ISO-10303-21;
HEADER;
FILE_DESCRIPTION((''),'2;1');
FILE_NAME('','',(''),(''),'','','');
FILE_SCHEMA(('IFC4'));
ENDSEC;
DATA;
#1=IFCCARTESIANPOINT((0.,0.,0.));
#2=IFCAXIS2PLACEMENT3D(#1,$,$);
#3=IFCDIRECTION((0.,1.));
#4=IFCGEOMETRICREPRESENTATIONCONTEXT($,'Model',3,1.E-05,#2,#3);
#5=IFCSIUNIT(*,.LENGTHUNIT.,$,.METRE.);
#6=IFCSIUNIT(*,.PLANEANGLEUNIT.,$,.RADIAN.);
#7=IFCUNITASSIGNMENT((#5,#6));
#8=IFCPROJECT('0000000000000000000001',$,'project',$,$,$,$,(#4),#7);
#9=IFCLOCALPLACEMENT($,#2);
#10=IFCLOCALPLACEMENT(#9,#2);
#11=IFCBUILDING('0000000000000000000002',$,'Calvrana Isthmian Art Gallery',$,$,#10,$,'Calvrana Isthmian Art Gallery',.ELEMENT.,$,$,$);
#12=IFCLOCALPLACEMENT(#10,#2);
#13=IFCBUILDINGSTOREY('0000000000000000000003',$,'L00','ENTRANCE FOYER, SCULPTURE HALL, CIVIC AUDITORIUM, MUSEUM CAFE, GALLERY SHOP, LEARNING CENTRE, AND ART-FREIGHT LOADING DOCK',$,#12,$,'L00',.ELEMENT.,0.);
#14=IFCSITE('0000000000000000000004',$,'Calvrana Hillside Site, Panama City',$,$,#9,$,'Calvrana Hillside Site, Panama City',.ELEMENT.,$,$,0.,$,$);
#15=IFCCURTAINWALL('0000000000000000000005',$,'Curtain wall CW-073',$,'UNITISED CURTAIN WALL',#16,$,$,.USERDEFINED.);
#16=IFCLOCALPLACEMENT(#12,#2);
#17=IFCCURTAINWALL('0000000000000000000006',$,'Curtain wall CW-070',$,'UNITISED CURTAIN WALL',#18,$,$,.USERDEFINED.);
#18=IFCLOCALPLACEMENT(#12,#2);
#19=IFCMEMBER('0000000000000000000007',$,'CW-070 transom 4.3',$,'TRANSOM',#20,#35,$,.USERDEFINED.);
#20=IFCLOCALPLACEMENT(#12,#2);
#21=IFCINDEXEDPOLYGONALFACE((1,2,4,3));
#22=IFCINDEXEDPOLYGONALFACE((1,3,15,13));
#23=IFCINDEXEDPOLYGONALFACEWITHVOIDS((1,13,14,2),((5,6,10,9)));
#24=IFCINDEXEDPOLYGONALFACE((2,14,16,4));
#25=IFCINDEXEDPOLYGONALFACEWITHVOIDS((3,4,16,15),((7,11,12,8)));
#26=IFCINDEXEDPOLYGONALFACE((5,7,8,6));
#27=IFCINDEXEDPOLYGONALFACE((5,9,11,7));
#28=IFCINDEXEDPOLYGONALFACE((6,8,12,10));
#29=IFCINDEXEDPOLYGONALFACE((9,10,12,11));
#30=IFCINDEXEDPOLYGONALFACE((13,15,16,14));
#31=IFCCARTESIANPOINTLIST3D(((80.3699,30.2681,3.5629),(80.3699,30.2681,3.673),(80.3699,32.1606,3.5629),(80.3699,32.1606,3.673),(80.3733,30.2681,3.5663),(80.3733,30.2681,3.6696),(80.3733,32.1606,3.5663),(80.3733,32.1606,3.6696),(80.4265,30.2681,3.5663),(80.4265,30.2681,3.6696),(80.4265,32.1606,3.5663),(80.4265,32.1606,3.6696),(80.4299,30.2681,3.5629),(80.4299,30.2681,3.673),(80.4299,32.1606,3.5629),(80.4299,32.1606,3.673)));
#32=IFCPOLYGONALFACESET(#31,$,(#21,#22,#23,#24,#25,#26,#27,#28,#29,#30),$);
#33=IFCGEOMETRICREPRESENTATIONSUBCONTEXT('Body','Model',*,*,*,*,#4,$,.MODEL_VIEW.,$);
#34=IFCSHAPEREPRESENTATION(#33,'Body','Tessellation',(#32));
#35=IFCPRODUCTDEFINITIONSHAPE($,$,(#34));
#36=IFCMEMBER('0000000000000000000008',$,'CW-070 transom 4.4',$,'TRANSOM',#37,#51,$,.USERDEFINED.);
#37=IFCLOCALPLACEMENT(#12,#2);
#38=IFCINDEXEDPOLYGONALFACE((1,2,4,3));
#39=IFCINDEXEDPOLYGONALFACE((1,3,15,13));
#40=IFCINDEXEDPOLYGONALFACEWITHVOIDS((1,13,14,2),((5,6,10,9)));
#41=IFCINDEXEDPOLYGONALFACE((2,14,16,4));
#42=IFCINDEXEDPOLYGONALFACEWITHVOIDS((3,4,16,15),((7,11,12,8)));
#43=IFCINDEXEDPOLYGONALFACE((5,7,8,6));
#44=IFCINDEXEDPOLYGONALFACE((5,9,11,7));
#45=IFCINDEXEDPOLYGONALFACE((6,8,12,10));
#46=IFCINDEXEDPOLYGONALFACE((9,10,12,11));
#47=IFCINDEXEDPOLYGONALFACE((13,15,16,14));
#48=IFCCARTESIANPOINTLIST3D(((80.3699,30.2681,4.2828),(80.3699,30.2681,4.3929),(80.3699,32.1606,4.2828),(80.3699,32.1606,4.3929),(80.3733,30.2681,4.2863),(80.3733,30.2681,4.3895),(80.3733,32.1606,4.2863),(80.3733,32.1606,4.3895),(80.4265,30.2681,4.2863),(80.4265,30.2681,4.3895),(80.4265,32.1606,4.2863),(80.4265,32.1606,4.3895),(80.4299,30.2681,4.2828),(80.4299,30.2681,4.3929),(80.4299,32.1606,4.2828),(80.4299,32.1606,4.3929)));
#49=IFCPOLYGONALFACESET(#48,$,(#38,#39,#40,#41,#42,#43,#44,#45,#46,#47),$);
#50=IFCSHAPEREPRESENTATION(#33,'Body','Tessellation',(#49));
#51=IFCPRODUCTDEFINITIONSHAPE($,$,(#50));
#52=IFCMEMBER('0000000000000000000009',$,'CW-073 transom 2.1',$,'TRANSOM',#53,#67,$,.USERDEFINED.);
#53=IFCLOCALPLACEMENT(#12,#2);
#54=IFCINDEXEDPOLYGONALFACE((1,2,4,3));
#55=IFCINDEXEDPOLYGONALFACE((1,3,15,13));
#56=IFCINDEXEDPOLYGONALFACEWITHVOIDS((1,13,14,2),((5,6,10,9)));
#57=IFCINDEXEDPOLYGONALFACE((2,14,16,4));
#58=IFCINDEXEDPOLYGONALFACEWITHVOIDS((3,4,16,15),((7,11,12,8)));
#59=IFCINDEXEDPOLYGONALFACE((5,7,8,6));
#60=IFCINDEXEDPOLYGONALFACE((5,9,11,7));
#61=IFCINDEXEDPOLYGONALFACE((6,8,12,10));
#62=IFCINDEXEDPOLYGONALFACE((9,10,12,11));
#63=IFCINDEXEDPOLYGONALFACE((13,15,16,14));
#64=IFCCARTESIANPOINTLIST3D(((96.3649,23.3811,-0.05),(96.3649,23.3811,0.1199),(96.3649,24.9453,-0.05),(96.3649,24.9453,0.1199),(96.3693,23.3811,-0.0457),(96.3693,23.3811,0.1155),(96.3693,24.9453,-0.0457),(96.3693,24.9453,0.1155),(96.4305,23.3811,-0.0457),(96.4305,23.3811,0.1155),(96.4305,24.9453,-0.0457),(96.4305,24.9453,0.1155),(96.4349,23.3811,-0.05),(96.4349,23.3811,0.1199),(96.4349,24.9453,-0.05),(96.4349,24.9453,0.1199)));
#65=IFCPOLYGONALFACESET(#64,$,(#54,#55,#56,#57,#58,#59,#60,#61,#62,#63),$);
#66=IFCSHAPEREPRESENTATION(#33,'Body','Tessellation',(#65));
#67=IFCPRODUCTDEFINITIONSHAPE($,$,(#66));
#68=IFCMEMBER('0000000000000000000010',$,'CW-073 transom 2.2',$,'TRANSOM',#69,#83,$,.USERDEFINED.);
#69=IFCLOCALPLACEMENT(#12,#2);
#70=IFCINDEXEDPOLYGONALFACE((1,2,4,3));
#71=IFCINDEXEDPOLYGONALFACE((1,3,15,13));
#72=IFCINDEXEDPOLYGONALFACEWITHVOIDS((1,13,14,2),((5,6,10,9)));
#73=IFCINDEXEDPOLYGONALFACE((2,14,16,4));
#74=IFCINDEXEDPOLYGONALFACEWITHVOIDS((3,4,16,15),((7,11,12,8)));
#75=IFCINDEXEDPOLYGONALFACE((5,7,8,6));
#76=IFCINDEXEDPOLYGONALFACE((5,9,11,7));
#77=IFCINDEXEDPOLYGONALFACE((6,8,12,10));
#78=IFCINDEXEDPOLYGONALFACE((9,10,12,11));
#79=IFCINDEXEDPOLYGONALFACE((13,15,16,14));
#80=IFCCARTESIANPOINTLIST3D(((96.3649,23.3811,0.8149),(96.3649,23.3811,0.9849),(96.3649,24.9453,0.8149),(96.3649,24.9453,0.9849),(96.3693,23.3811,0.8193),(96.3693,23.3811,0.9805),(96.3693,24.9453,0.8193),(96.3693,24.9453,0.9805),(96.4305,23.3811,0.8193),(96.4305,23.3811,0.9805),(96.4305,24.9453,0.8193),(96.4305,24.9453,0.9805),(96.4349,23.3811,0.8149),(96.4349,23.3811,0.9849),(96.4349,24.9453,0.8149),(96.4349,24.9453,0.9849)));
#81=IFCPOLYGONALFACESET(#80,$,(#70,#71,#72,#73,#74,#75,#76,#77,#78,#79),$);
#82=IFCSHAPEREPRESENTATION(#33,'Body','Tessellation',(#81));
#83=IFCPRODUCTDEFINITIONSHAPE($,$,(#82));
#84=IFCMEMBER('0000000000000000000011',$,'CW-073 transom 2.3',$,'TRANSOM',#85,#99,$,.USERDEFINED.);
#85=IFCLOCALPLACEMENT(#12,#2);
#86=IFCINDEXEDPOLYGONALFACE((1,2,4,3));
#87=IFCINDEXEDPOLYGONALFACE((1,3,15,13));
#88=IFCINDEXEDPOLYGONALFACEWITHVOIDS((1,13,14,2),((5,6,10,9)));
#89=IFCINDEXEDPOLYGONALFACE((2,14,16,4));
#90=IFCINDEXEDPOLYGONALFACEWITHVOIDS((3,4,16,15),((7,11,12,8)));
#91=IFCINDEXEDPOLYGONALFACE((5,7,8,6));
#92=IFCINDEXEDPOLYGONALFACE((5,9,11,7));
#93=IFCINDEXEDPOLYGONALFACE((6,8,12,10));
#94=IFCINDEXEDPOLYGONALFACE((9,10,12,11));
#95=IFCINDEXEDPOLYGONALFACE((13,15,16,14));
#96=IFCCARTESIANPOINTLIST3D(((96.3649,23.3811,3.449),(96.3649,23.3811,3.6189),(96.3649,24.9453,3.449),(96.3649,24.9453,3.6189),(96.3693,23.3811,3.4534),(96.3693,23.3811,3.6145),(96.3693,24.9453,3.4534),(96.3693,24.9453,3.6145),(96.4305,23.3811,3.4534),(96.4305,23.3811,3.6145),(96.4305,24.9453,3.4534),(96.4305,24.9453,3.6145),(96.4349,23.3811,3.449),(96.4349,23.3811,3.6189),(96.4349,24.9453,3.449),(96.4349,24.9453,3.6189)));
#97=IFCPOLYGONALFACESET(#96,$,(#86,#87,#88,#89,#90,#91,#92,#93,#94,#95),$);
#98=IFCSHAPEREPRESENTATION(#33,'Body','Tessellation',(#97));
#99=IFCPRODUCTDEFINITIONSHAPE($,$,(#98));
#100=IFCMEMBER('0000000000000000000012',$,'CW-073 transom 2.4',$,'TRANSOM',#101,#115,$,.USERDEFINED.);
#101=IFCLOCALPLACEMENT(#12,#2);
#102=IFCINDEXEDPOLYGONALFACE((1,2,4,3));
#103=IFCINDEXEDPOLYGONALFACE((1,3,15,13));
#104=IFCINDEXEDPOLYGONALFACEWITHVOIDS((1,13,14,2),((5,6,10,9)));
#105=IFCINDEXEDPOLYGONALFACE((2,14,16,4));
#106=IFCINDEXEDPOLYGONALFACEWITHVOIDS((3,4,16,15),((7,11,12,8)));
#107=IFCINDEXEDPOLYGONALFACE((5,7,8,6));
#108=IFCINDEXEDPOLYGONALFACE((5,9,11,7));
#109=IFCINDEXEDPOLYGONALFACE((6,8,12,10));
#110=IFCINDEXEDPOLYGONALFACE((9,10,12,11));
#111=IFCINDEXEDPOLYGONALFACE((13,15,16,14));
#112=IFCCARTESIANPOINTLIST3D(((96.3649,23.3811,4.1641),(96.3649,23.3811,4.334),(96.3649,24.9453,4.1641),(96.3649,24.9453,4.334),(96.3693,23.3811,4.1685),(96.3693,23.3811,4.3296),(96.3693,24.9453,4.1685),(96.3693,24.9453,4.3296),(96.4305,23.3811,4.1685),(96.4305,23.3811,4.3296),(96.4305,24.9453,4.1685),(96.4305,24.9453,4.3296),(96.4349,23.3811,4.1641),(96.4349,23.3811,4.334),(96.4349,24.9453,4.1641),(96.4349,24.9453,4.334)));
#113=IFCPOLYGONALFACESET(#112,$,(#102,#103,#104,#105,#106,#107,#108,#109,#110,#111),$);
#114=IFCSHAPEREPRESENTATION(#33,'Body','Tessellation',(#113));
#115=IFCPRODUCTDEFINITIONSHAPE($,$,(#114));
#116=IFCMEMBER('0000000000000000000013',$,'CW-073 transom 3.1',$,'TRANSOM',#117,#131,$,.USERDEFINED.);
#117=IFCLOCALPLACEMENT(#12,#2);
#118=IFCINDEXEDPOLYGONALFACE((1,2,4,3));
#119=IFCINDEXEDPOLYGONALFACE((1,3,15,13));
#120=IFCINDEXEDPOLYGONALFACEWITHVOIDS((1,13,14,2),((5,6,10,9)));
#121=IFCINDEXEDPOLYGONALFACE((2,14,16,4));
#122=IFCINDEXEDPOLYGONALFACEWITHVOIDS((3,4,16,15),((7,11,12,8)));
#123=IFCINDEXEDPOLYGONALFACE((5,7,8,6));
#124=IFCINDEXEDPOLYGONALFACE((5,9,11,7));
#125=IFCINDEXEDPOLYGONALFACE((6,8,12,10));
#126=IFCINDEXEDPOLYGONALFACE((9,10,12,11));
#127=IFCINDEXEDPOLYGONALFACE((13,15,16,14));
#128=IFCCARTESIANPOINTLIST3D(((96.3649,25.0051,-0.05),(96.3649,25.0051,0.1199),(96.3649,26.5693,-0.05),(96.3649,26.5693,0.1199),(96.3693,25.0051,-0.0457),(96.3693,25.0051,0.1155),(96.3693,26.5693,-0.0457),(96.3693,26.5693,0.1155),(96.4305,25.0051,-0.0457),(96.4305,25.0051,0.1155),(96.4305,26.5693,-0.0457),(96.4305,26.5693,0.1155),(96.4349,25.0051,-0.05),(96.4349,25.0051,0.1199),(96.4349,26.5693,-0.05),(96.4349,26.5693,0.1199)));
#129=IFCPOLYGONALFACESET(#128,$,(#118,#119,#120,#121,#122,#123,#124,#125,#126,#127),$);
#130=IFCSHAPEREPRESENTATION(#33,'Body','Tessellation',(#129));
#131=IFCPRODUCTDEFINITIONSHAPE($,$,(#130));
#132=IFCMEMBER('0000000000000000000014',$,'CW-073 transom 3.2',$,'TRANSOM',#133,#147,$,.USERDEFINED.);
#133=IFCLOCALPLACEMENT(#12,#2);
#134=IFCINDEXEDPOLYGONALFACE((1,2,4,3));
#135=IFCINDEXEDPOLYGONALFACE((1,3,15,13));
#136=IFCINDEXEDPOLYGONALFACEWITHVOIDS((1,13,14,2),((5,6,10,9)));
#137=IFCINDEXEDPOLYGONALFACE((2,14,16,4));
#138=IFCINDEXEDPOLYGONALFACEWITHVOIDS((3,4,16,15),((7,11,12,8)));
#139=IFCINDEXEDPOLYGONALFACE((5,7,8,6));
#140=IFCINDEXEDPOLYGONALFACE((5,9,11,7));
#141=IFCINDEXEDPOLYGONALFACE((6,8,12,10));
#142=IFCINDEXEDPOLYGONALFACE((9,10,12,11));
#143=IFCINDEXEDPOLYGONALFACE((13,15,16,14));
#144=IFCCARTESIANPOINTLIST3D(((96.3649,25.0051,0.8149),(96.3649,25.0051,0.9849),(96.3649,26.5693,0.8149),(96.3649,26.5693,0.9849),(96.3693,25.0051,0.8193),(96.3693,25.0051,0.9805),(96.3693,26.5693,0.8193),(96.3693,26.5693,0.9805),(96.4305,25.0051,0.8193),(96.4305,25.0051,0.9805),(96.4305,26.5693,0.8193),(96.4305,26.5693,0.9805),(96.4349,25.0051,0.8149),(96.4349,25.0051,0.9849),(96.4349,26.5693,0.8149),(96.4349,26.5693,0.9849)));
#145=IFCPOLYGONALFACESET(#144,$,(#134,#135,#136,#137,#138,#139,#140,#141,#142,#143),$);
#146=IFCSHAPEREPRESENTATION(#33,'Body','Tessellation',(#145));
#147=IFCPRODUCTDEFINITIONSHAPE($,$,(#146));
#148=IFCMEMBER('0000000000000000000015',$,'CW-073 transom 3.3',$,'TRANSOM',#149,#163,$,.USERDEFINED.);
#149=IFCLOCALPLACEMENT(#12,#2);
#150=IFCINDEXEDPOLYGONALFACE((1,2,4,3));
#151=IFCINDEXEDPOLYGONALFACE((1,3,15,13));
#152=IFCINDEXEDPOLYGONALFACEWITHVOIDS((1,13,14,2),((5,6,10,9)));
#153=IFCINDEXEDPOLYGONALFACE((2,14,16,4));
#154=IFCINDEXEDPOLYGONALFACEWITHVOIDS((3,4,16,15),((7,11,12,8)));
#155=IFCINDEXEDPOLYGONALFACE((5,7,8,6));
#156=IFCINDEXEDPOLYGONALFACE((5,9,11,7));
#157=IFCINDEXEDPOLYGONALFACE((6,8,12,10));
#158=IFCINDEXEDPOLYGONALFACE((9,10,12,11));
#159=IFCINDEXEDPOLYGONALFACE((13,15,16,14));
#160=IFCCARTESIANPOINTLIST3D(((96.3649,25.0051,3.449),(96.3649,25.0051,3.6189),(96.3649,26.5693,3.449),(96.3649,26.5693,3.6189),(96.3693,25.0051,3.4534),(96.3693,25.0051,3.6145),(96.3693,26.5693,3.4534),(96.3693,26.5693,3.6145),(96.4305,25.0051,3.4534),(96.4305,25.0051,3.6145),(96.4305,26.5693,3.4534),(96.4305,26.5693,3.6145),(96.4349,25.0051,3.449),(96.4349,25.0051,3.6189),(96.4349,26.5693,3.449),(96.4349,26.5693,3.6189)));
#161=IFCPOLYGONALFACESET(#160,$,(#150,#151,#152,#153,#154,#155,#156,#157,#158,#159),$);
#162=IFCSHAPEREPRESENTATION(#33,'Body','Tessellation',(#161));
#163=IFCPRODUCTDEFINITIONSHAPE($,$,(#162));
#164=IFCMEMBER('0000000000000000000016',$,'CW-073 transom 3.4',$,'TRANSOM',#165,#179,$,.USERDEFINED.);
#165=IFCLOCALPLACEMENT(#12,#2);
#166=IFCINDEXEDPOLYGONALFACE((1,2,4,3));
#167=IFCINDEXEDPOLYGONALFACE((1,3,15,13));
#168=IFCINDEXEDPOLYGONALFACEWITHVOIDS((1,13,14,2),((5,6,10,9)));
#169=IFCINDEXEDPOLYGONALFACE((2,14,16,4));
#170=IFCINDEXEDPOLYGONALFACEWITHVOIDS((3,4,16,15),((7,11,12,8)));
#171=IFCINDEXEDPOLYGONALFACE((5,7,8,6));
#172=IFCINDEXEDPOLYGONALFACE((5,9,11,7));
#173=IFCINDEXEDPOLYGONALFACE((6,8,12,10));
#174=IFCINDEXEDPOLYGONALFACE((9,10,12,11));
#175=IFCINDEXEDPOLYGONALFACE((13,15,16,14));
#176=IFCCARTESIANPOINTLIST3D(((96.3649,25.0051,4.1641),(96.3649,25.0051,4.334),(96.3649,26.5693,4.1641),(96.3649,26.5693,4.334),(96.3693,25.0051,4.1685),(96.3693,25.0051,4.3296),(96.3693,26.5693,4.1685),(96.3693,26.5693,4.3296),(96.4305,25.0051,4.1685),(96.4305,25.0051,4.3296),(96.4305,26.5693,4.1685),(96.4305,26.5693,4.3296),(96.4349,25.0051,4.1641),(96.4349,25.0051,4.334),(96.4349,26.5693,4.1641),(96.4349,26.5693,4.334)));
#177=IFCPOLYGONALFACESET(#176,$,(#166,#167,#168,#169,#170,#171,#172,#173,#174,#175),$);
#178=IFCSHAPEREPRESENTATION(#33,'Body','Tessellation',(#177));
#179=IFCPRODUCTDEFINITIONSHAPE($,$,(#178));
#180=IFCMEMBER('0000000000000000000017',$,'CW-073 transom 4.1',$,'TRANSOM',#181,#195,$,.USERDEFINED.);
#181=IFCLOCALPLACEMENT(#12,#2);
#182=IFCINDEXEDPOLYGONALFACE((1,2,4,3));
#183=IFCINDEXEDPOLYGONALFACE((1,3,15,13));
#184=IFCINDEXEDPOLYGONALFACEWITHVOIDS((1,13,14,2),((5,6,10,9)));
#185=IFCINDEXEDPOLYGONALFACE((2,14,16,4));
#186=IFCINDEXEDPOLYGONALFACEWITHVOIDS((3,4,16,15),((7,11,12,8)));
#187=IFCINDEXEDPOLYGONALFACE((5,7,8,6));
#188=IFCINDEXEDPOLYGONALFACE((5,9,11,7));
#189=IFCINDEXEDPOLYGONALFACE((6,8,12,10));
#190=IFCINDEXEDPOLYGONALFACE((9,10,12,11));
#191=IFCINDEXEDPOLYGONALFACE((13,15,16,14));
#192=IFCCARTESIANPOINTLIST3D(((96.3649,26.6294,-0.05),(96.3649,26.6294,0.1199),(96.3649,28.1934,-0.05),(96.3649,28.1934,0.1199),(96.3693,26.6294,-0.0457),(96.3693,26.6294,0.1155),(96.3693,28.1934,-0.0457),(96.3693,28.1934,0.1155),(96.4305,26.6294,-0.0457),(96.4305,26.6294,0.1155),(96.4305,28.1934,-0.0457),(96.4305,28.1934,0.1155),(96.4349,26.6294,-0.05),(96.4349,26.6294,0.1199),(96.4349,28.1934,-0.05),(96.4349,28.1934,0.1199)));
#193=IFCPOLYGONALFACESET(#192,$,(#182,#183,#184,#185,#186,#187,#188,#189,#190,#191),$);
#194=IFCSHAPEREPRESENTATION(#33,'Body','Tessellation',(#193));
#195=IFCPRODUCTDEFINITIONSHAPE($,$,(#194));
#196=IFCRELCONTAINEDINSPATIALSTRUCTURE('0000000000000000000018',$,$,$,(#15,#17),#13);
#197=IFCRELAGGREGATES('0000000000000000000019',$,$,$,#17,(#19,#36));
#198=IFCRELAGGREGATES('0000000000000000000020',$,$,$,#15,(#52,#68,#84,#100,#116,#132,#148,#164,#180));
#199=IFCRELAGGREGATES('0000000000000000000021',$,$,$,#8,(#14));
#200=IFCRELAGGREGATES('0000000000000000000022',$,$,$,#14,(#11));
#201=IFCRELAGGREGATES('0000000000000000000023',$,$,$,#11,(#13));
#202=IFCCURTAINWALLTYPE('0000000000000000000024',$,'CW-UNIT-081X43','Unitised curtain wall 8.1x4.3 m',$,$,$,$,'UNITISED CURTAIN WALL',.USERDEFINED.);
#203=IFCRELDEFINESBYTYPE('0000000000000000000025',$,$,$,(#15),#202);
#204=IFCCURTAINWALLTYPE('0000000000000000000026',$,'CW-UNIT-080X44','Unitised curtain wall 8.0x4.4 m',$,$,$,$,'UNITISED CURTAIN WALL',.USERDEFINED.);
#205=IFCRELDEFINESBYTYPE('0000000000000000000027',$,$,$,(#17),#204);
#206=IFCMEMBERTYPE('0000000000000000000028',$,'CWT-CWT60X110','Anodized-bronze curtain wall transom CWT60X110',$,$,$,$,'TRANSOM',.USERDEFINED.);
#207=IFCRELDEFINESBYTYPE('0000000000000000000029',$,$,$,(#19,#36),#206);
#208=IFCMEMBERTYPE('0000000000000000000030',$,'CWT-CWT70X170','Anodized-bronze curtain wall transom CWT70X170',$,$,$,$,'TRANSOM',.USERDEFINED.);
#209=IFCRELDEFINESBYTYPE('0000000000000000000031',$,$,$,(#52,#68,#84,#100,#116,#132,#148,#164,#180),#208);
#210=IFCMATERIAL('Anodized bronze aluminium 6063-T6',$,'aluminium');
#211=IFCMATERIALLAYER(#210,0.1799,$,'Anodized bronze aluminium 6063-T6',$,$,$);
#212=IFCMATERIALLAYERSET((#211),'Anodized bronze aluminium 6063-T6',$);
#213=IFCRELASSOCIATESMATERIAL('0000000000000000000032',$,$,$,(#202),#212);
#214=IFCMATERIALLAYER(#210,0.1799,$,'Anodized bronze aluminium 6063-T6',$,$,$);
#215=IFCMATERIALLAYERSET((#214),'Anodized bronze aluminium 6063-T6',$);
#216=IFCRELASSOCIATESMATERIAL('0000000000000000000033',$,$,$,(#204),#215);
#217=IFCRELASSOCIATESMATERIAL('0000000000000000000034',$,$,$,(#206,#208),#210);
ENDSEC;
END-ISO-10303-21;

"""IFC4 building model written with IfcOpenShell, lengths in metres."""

from ifc_helpers import new_model, si_unit, direction, frame, origin, origin_2d, place, context, subcontext, project, spatial, hollow_rectangle, extrude, material, layer, layer_set, material_profile, profile_set, type_object, element, aggregate, save


model = new_model("IFC4")

# Units and contexts
model_context = context("Model", 3, precision=1e-05, world=origin(), true_north=direction((0.0, 1.0)))
body_context = subcontext(model_context, "Body", "Model", "MODEL_VIEW")
ifc_project = project(units=[si_unit("LENGTHUNIT", "METRE"), si_unit("PLANEANGLEUNIT", "RADIAN")], contexts=[model_context])

# Site, building, storey
site_placement = place(None, origin())
site = spatial("IfcSite", under=ifc_project, at=site_placement, Name="Calvrana Hillside Site, Panama City", LongName="Calvrana Hillside Site, Panama City", CompositionType="ELEMENT", RefElevation=0.0)
building_placement = place(site_placement, origin())
building = spatial("IfcBuilding", under=site, at=building_placement, Name="Calvrana Isthmian Art Gallery", LongName="Calvrana Isthmian Art Gallery", CompositionType="ELEMENT")
storey_placement = place(building_placement, origin())
storey = spatial("IfcBuildingStorey", under=building, at=storey_placement, Name="L00", Description="ENTRANCE FOYER, SCULPTURE HALL, CIVIC AUDITORIUM, MUSEUM CAFE, GALLERY SHOP, LEARNING CENTRE, AND ART-FREIGHT LOADING DOCK", LongName="L00", CompositionType="ELEMENT", Elevation=0.0)

# Curtain walls, members
ifc_material_1 = material(Name="Anodized bronze aluminium 6063-T6", Category="aluminium")
ifc_layer_1 = layer(ifc_material_1, 0.1799, Name="Anodized bronze aluminium 6063-T6")
ifc_layer_set_1 = layer_set([ifc_layer_1], Name="Anodized bronze aluminium 6063-T6")
curtain_wall_type_1 = type_object("IfcCurtainWallType", Name="CW-UNIT-081X43", Description="Unitised curtain wall 8.1x4.3 m", ElementType="UNITISED CURTAIN WALL", PredefinedType="USERDEFINED", material=ifc_layer_set_1)
curtain_wall_1_placement = place(storey_placement, origin())
curtain_wall_1 = element("IfcCurtainWall", 1, at=curtain_wall_1_placement, inside=storey, type_object=curtain_wall_type_1, Name="Curtain wall CW-073", ObjectType="UNITISED CURTAIN WALL", PredefinedType="USERDEFINED")
ifc_layer_2 = layer(ifc_material_1, 0.1799, Name="Anodized bronze aluminium 6063-T6")
ifc_layer_set_2 = layer_set([ifc_layer_2], Name="Anodized bronze aluminium 6063-T6")
curtain_wall_type_2 = type_object("IfcCurtainWallType", Name="CW-UNIT-080X44", Description="Unitised curtain wall 8.0x4.4 m", ElementType="UNITISED CURTAIN WALL", PredefinedType="USERDEFINED", material=ifc_layer_set_2)
curtain_wall_2_placement = place(storey_placement, origin())
curtain_wall_2 = element("IfcCurtainWall", 2, at=curtain_wall_2_placement, inside=storey, type_object=curtain_wall_type_2, Name="Curtain wall CW-070", ObjectType="UNITISED CURTAIN WALL", PredefinedType="USERDEFINED")
ifc_material_profile_1 = material_profile(ifc_material_1, hollow_rectangle(XDim=0.0601, YDim=0.1101, WallThickness=0.0034, at=origin_2d()), Name="CWT60X110")
ifc_profile_set_1 = profile_set([ifc_material_profile_1], Name="Anodized bronze aluminium 6063-T6")
member_type_1 = type_object("IfcMemberType", Name="CWT-CWT60X110", Description="Anodized-bronze curtain wall transom CWT60X110", ElementType="TRANSOM", PredefinedType="USERDEFINED", material=ifc_profile_set_1)
member_1_placement = place(storey_placement, frame((80.3999, 32.1606, 3.6179), z_axis=(0.0, -1.0, 0.0), x_axis=(1.0, 0.0, 0.0)))
member_1 = element("IfcMember", 3, at=member_1_placement, type_object=member_type_1, Name="CW-070 transom 4.3", ObjectType="TRANSOM", PredefinedType="USERDEFINED", context=body_context, shape_type="SweptSolid", body=[
    extrude(hollow_rectangle(XDim=0.0601, YDim=0.1101, WallThickness=0.0034, at=origin_2d()), origin(), (0.0, 0.0, 1.0), 1.8926),
])
member_2_placement = place(storey_placement, frame((80.3999, 32.1606, 4.3379), z_axis=(0.0, -1.0, 0.0), x_axis=(1.0, 0.0, 0.0)))
member_2 = element("IfcMember", 4, at=member_2_placement, type_object=member_type_1, Name="CW-070 transom 4.4", ObjectType="TRANSOM", PredefinedType="USERDEFINED", context=body_context, shape_type="SweptSolid", body=[
    extrude(hollow_rectangle(XDim=0.0601, YDim=0.1101, WallThickness=0.0034, at=origin_2d()), origin(), (0.0, 0.0, 1.0), 1.8926),
])

# Members
ifc_material_profile_2 = material_profile(ifc_material_1, hollow_rectangle(XDim=0.0701, YDim=0.1699, WallThickness=0.0044, at=origin_2d()), Name="CWT70X170")
ifc_profile_set_2 = profile_set([ifc_material_profile_2], Name="Anodized bronze aluminium 6063-T6")
member_type_2 = type_object("IfcMemberType", Name="CWT-CWT70X170", Description="Anodized-bronze curtain wall transom CWT70X170", ElementType="TRANSOM", PredefinedType="USERDEFINED", material=ifc_profile_set_2)
member_3_placement = place(storey_placement, frame((96.3999, 23.3811, 0.0349), z_axis=(0.0, 1.0, 0.0), x_axis=(-1.0, 0.0, 0.0)))
member_3 = element("IfcMember", 5, at=member_3_placement, type_object=member_type_2, Name="CW-073 transom 2.1", ObjectType="TRANSOM", PredefinedType="USERDEFINED", context=body_context, shape_type="SweptSolid", body=[
    extrude(hollow_rectangle(XDim=0.0701, YDim=0.1699, WallThickness=0.0044, at=origin_2d()), origin(), (0.0, 0.0, 1.0), 1.5642),
])
member_4_placement = place(storey_placement, frame((96.3999, 23.3811, 0.8999), z_axis=(0.0, 1.0, 0.0), x_axis=(-1.0, 0.0, 0.0)))
member_4 = element("IfcMember", 6, at=member_4_placement, type_object=member_type_2, Name="CW-073 transom 2.2", ObjectType="TRANSOM", PredefinedType="USERDEFINED", context=body_context, shape_type="SweptSolid", body=[
    extrude(hollow_rectangle(XDim=0.0701, YDim=0.1699, WallThickness=0.0044, at=origin_2d()), origin(), (0.0, 0.0, 1.0), 1.5642),
])
member_5_placement = place(storey_placement, frame((96.3999, 23.3811, 3.5339), z_axis=(0.0, 1.0, 0.0), x_axis=(-1.0, 0.0, 0.0)))
member_5 = element("IfcMember", 7, at=member_5_placement, type_object=member_type_2, Name="CW-073 transom 2.3", ObjectType="TRANSOM", PredefinedType="USERDEFINED", context=body_context, shape_type="SweptSolid", body=[
    extrude(hollow_rectangle(XDim=0.0701, YDim=0.1699, WallThickness=0.0044, at=origin_2d()), origin(), (0.0, 0.0, 1.0), 1.5642),
])
member_6_placement = place(storey_placement, frame((96.3999, 23.3811, 4.249), z_axis=(0.0, 1.0, 0.0), x_axis=(-1.0, 0.0, 0.0)))
member_6 = element("IfcMember", 8, at=member_6_placement, type_object=member_type_2, Name="CW-073 transom 2.4", ObjectType="TRANSOM", PredefinedType="USERDEFINED", context=body_context, shape_type="SweptSolid", body=[
    extrude(hollow_rectangle(XDim=0.0701, YDim=0.1699, WallThickness=0.0044, at=origin_2d()), origin(), (0.0, 0.0, 1.0), 1.5642),
])
member_7_placement = place(storey_placement, frame((96.3999, 25.0051, 0.0349), z_axis=(0.0, 1.0, 0.0), x_axis=(-1.0, 0.0, 0.0)))
member_7 = element("IfcMember", 9, at=member_7_placement, type_object=member_type_2, Name="CW-073 transom 3.1", ObjectType="TRANSOM", PredefinedType="USERDEFINED", context=body_context, shape_type="SweptSolid", body=[
    extrude(hollow_rectangle(XDim=0.0701, YDim=0.1699, WallThickness=0.0044, at=origin_2d()), origin(), (0.0, 0.0, 1.0), 1.5642),
])
member_8_placement = place(storey_placement, frame((96.3999, 25.0051, 0.8999), z_axis=(0.0, 1.0, 0.0), x_axis=(-1.0, 0.0, 0.0)))
member_8 = element("IfcMember", 10, at=member_8_placement, type_object=member_type_2, Name="CW-073 transom 3.2", ObjectType="TRANSOM", PredefinedType="USERDEFINED", context=body_context, shape_type="SweptSolid", body=[
    extrude(hollow_rectangle(XDim=0.0701, YDim=0.1699, WallThickness=0.0044, at=origin_2d()), origin(), (0.0, 0.0, 1.0), 1.5642),
])
member_9_placement = place(storey_placement, frame((96.3999, 25.0051, 3.5339), z_axis=(0.0, 1.0, 0.0), x_axis=(-1.0, 0.0, 0.0)))
member_9 = element("IfcMember", 11, at=member_9_placement, type_object=member_type_2, Name="CW-073 transom 3.3", ObjectType="TRANSOM", PredefinedType="USERDEFINED", context=body_context, shape_type="SweptSolid", body=[
    extrude(hollow_rectangle(XDim=0.0701, YDim=0.1699, WallThickness=0.0044, at=origin_2d()), origin(), (0.0, 0.0, 1.0), 1.5642),
])
member_10_placement = place(storey_placement, frame((96.3999, 25.0051, 4.249), z_axis=(0.0, 1.0, 0.0), x_axis=(-1.0, 0.0, 0.0)))
member_10 = element("IfcMember", 12, at=member_10_placement, type_object=member_type_2, Name="CW-073 transom 3.4", ObjectType="TRANSOM", PredefinedType="USERDEFINED", context=body_context, shape_type="SweptSolid", body=[
    extrude(hollow_rectangle(XDim=0.0701, YDim=0.1699, WallThickness=0.0044, at=origin_2d()), origin(), (0.0, 0.0, 1.0), 1.5642),
])
member_11_placement = place(storey_placement, frame((96.3999, 26.6294, 0.0349), z_axis=(0.0, 1.0, 0.0), x_axis=(-1.0, 0.0, 0.0)))
member_11 = element("IfcMember", 13, at=member_11_placement, type_object=member_type_2, Name="CW-073 transom 4.1", ObjectType="TRANSOM", PredefinedType="USERDEFINED", context=body_context, shape_type="SweptSolid", body=[
    extrude(hollow_rectangle(XDim=0.0701, YDim=0.1699, WallThickness=0.0044, at=origin_2d()), origin(), (0.0, 0.0, 1.0), 1.564),
])

aggregate(curtain_wall_2, [member_1, member_2])
aggregate(curtain_wall_1, [member_3, member_4, member_5, member_6, member_7, member_8, member_9, member_10, member_11])

save(model, "model.ifc")
